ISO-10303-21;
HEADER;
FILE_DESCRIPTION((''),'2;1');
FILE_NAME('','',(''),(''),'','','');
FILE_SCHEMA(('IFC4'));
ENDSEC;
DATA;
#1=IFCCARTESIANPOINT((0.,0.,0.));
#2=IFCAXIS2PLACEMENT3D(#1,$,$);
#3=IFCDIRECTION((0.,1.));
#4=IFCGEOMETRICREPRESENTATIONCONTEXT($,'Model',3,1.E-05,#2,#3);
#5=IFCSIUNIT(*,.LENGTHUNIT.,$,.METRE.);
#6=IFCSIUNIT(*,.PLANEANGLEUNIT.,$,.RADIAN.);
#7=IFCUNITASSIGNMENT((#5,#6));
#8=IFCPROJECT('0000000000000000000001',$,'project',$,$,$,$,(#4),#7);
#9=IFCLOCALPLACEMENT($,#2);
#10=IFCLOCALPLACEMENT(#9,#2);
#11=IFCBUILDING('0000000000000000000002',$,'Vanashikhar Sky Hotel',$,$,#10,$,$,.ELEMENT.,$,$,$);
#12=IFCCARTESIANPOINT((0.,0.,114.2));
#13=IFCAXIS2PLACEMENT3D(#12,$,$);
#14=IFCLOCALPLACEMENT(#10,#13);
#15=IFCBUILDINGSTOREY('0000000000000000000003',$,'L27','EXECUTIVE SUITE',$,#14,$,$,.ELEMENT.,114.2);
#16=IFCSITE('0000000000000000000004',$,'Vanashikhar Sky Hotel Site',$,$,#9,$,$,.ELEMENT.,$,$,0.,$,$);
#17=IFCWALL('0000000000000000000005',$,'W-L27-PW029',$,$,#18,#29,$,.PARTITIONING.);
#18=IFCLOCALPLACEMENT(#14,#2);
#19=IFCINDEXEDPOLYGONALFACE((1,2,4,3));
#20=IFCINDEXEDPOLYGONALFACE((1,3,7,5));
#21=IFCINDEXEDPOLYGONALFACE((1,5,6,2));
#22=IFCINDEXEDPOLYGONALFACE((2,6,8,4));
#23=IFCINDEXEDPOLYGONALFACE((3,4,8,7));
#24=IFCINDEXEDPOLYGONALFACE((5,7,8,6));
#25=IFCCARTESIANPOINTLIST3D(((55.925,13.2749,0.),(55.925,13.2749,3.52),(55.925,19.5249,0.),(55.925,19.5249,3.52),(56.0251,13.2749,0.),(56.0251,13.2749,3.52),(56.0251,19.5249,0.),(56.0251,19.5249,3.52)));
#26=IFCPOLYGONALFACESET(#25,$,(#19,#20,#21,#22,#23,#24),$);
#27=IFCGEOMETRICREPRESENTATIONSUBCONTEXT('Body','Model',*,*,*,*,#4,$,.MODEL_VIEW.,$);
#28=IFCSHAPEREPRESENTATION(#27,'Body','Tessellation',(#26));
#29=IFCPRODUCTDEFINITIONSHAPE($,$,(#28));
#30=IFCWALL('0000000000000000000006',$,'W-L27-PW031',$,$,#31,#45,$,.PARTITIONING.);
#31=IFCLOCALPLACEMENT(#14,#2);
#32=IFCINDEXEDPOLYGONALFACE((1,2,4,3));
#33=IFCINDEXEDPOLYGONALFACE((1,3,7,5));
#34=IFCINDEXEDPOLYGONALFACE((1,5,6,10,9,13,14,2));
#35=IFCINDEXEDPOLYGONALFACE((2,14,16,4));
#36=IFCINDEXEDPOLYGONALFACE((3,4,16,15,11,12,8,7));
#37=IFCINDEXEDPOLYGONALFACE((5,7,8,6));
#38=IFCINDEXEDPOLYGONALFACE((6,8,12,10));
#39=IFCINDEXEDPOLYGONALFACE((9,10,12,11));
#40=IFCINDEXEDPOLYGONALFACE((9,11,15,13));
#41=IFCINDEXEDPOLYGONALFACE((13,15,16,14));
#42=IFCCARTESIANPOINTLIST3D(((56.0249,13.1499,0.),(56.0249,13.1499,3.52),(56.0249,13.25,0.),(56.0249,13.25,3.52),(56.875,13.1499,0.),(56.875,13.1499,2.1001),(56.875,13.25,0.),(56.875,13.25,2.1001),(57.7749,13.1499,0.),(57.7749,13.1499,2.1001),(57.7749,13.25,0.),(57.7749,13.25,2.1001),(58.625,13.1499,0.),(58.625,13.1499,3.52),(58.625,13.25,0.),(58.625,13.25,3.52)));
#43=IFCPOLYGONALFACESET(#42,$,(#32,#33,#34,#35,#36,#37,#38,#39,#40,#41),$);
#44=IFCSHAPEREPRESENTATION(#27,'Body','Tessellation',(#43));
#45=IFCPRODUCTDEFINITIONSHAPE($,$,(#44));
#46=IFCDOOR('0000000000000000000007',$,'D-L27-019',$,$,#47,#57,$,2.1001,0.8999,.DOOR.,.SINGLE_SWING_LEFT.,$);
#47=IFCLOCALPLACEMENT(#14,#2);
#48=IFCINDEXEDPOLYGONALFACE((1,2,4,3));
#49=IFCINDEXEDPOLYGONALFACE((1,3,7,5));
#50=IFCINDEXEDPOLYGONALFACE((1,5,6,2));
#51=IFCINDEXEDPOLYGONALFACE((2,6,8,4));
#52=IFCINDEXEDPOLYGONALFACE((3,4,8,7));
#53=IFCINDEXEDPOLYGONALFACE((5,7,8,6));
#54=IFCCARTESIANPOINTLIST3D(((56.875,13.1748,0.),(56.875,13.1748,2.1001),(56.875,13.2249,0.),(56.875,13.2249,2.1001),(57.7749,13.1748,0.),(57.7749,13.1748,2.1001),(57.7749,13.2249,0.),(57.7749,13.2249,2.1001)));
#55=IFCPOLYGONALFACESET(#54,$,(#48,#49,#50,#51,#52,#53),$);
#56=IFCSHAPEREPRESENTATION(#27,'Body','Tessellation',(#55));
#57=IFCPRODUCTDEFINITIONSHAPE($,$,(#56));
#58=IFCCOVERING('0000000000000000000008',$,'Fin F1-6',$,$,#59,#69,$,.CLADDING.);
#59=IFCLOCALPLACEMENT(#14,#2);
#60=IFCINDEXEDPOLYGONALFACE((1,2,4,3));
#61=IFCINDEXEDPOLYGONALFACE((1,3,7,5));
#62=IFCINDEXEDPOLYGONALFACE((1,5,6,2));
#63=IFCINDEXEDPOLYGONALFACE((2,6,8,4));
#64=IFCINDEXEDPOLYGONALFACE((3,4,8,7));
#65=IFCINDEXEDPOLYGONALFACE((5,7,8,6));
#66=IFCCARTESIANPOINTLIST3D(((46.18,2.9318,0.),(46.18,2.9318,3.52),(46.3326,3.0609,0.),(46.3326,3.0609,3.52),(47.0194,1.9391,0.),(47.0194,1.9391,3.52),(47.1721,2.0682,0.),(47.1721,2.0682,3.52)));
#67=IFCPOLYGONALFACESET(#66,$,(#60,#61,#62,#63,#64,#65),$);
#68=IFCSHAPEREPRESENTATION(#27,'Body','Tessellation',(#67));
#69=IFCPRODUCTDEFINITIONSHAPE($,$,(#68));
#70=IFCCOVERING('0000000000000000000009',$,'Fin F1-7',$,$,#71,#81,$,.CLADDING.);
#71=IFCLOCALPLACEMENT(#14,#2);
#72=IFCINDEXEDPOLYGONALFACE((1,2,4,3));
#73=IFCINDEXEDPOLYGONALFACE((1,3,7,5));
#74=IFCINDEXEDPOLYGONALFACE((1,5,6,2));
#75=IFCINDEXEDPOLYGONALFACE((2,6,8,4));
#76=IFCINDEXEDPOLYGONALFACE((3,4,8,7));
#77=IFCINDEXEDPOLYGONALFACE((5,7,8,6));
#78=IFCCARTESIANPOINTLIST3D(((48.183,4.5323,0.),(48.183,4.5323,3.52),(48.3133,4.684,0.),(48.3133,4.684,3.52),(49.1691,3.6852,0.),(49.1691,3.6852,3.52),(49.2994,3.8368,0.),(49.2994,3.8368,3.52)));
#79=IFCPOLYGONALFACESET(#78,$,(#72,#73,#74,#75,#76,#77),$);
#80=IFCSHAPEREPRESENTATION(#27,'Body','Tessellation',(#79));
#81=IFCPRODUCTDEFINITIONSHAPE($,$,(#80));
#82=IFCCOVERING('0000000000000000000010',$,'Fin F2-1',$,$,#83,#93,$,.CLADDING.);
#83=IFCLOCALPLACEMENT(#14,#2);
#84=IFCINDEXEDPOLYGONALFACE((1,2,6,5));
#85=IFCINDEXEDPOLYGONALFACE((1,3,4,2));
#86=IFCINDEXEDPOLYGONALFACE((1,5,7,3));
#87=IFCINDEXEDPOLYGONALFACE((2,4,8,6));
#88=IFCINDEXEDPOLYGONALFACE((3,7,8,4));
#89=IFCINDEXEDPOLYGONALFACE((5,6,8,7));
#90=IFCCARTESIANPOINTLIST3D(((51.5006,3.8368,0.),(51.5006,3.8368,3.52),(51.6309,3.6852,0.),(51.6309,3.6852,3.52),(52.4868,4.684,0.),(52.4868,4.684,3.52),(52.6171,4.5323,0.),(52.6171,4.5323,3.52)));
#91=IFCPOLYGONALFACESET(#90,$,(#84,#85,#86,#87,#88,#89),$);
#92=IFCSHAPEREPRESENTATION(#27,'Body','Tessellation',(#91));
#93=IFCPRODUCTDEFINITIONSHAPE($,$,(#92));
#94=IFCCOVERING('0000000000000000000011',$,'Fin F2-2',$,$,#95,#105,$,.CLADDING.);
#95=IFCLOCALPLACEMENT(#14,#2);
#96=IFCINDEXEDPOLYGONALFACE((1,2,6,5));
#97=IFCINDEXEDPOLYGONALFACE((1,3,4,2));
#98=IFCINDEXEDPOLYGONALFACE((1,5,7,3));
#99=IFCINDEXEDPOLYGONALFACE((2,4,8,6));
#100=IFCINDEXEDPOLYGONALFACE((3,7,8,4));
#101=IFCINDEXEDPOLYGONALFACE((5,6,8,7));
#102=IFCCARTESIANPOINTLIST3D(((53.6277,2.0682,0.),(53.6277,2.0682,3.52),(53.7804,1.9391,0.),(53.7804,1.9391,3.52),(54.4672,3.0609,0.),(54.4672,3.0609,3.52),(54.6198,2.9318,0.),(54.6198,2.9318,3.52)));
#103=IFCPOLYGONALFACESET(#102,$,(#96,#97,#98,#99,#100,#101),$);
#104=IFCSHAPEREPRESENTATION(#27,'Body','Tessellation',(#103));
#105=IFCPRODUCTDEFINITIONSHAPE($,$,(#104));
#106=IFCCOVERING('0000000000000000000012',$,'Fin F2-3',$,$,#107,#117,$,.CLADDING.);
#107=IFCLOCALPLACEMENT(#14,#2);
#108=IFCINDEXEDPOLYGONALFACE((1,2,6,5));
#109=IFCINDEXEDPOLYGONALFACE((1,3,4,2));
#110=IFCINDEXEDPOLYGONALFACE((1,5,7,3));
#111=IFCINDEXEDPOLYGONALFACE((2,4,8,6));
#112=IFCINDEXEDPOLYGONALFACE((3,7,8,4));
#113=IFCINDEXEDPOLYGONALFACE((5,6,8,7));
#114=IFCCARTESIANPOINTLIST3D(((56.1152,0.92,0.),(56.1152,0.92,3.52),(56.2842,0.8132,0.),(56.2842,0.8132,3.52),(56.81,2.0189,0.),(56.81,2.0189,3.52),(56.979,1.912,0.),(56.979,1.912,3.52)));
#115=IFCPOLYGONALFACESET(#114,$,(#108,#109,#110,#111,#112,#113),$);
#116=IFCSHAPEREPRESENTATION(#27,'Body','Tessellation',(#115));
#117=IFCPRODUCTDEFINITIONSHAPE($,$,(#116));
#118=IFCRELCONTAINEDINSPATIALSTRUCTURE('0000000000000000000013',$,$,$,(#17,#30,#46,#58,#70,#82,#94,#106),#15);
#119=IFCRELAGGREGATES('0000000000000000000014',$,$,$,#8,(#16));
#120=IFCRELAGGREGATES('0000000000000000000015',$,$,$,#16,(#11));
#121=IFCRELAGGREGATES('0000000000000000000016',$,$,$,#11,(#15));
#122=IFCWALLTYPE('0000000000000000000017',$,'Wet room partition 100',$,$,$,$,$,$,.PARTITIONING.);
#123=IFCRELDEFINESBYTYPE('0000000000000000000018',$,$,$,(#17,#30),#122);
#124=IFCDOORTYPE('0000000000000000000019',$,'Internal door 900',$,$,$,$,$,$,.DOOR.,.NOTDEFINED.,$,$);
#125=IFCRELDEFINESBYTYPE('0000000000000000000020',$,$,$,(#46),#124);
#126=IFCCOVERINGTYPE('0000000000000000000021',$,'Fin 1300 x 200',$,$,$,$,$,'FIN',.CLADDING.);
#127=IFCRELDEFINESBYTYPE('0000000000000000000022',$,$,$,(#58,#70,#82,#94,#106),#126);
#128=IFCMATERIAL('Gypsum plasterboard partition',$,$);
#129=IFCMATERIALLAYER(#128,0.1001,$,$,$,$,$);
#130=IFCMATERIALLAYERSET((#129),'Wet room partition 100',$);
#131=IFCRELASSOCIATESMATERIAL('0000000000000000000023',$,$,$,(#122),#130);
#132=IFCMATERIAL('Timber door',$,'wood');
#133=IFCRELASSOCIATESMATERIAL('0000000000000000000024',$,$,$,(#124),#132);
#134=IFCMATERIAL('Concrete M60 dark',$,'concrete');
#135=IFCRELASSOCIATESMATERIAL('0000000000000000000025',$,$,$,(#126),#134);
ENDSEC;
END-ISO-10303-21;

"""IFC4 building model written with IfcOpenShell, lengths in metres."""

from ifc_helpers import new_model, si_unit, direction, frame, frame_2d, origin, origin_2d, place, context, subcontext, project, spatial, rectangle, extrude, source, transform, mapped, material, layer, layer_set, material_profile, profile_set, type_object, element, fill, save


model = new_model("IFC4")

# Units and contexts
model_context = context("Model", 3, precision=1e-05, world=origin(), true_north=direction((0.0, 1.0)))
body_context = subcontext(model_context, "Body", "Model", "MODEL_VIEW")
ifc_project = project(units=[si_unit("LENGTHUNIT", "METRE"), si_unit("PLANEANGLEUNIT", "RADIAN")], contexts=[model_context])

# Site, building, storey
site_placement = place(None, origin())
site = spatial("IfcSite", under=ifc_project, at=site_placement, Name="Vanashikhar Sky Hotel Site", CompositionType="ELEMENT", RefElevation=0.0)
building_placement = place(site_placement, origin())
building = spatial("IfcBuilding", under=site, at=building_placement, Name="Vanashikhar Sky Hotel", CompositionType="ELEMENT")
storey_placement = place(building_placement, frame((0.0, 0.0, 114.2)))
storey = spatial("IfcBuildingStorey", under=building, at=storey_placement, Name="L27", Description="EXECUTIVE SUITE", CompositionType="ELEMENT", Elevation=114.2)

# Shared definitions
ifc_material_1 = material(Name="Gypsum plasterboard partition")

# Shared definitions
ifc_layer_1 = layer(ifc_material_1, 0.1001)
ifc_layer_set_1 = layer_set([ifc_layer_1], Name="Wet room partition 100")
wall_type_1 = type_object("IfcWallType", Name="Wet room partition 100", PredefinedType="PARTITIONING", material=ifc_layer_set_1)
shared_shape_1 = source(origin(), body_context, "Body", "SweptSolid", [
    extrude(rectangle(XDim=0.8999, YDim=2.1001, at=frame_2d((0.45, 1.05))), frame((0.0, 0.0601, 0.0), z_axis=(0.0, -1.0, 0.0), x_axis=(1.0, 0.0, 0.0)), (0.0, 0.0, 1.0), 0.1201),
])
ifc_material_2 = material(Name="Timber door", Category="wood")
door_type = type_object("IfcDoorType", Name="Internal door 900", OperationType="NOTDEFINED", PredefinedType="DOOR", material=ifc_material_2)
shared_shape_2 = source(origin(), body_context, "Body", "SweptSolid", [
    extrude(rectangle(XDim=0.8999, YDim=2.1001, at=frame_2d((0.45, 1.05))), frame((0.0, 0.0249, 0.0), z_axis=(0.0, -1.0, 0.0), x_axis=(1.0, 0.0, 0.0)), (0.0, 0.0, 1.0), 0.05),
])

# Wall
shared_shape_3 = source(origin(), body_context, "Body", "SweptSolid", [
    extrude(rectangle(XDim=6.25, YDim=0.1001, at=frame_2d((3.125, 0.0))), origin(), (0.0, 0.0, 1.0), 3.52),
])
for number, where, z_axis, x_axis, name in (
    (1, (55.9751, 13.2749, 0.0), (0.0, 0.0, 1.0), (0.0, 1.0, 0.0), "W-L27-PW029"),
):
    element("IfcWall", number, at=place(storey_placement, frame(where, z_axis=z_axis, x_axis=x_axis)), inside=storey, type_object=wall_type_1, Name=name, PredefinedType="PARTITIONING", context=body_context, shape_type="MappedRepresentation", body=[
        mapped(shared_shape_3, transform((0.0, 0.0, 0.0), scale=1.0)),
    ])

# Wall, opening, door
shared_shape_4 = source(origin(), body_context, "Body", "SweptSolid", [
    extrude(rectangle(XDim=2.6001, YDim=0.1001, at=frame_2d((1.3, 0.0))), origin(), (0.0, 0.0, 1.0), 3.52),
])
wall_1_placement = place(storey_placement, frame((56.0249, 13.2, 0.0), z_axis=(0.0, 0.0, 1.0), x_axis=(1.0, 0.0, 0.0)))
wall_1 = element("IfcWall", 2, at=wall_1_placement, inside=storey, type_object=wall_type_1, Name="W-L27-PW031", PredefinedType="PARTITIONING", context=body_context, shape_type="MappedRepresentation", body=[
    mapped(shared_shape_4, transform((0.0, 0.0, 0.0), scale=1.0)),
])
opening_1_placement = place(wall_1_placement, frame((0.8501, 0.0, 0.0)))
opening_1 = element("IfcOpeningElement", 3, at=opening_1_placement, cuts=wall_1, PredefinedType="OPENING", context=body_context, shape_type="MappedRepresentation", body=[
    mapped(shared_shape_1, transform((0.0, 0.0, 0.0), scale=1.0)),
])
door_1_placement = place(opening_1_placement, origin())
door_1 = element("IfcDoor", 4, at=door_1_placement, inside=storey, type_object=door_type, Name="D-L27-019", OperationType="SINGLE_SWING_LEFT", OverallHeight=2.1001, OverallWidth=0.8999, PredefinedType="DOOR", context=body_context, shape_type="MappedRepresentation", body=[
    mapped(shared_shape_2, transform((0.0, 0.0, 0.0), scale=1.0)),
])
fill(opening_1, door_1)

# Coverings
ifc_material_3 = material(Name="Concrete M60 dark", Category="concrete")
ifc_material_profile_1 = material_profile(ifc_material_3, rectangle(XDim=1.3, YDim=0.2, at=origin_2d()))
ifc_profile_set_1 = profile_set([ifc_material_profile_1], Name="Fin 1300 x 200")
covering_type = type_object("IfcCoveringType", Name="Fin 1300 x 200", ElementType="FIN", PredefinedType="CLADDING", material=ifc_profile_set_1)
shared_shape_5 = source(origin(), body_context, "Body", "SweptSolid", [
    extrude(rectangle(XDim=1.3, YDim=0.2, at=origin_2d()), origin(), (0.0, 0.0, 1.0), 3.52),
])
for number, where, z_axis, x_axis, name in (
    (5, (46.676, 2.5, 0.0), (0.0, 0.0, 1.0), (0.645698, -0.763593, 0.0), "Fin F1-6"),
    (6, (48.7412, 4.1846, 0.0), (0.0, 0.0, 1.0), (0.758544, -0.651622, 0.0), "Fin F1-7"),
    (7, (52.0588, 4.1846, 0.0), (0.0, 0.0, 1.0), (-0.758544, -0.651622, 0.0), "Fin F2-1"),
    (8, (54.1238, 2.5, 0.0), (0.0, 0.0, 1.0), (-0.645698, -0.763593, 0.0), "Fin F2-2"),
    (9, (56.5471, 1.416, 0.0), (0.0, 0.0, 1.0), (-0.534411, -0.845225, 0.0), "Fin F2-3"),
):
    element("IfcCovering", number, at=place(storey_placement, frame(where, z_axis=z_axis, x_axis=x_axis)), inside=storey, type_object=covering_type, Name=name, PredefinedType="CLADDING", context=body_context, shape_type="MappedRepresentation", body=[
        mapped(shared_shape_5, transform((0.0, 0.0, 0.0), scale=1.0)),
    ])

save(model, "model.ifc")
